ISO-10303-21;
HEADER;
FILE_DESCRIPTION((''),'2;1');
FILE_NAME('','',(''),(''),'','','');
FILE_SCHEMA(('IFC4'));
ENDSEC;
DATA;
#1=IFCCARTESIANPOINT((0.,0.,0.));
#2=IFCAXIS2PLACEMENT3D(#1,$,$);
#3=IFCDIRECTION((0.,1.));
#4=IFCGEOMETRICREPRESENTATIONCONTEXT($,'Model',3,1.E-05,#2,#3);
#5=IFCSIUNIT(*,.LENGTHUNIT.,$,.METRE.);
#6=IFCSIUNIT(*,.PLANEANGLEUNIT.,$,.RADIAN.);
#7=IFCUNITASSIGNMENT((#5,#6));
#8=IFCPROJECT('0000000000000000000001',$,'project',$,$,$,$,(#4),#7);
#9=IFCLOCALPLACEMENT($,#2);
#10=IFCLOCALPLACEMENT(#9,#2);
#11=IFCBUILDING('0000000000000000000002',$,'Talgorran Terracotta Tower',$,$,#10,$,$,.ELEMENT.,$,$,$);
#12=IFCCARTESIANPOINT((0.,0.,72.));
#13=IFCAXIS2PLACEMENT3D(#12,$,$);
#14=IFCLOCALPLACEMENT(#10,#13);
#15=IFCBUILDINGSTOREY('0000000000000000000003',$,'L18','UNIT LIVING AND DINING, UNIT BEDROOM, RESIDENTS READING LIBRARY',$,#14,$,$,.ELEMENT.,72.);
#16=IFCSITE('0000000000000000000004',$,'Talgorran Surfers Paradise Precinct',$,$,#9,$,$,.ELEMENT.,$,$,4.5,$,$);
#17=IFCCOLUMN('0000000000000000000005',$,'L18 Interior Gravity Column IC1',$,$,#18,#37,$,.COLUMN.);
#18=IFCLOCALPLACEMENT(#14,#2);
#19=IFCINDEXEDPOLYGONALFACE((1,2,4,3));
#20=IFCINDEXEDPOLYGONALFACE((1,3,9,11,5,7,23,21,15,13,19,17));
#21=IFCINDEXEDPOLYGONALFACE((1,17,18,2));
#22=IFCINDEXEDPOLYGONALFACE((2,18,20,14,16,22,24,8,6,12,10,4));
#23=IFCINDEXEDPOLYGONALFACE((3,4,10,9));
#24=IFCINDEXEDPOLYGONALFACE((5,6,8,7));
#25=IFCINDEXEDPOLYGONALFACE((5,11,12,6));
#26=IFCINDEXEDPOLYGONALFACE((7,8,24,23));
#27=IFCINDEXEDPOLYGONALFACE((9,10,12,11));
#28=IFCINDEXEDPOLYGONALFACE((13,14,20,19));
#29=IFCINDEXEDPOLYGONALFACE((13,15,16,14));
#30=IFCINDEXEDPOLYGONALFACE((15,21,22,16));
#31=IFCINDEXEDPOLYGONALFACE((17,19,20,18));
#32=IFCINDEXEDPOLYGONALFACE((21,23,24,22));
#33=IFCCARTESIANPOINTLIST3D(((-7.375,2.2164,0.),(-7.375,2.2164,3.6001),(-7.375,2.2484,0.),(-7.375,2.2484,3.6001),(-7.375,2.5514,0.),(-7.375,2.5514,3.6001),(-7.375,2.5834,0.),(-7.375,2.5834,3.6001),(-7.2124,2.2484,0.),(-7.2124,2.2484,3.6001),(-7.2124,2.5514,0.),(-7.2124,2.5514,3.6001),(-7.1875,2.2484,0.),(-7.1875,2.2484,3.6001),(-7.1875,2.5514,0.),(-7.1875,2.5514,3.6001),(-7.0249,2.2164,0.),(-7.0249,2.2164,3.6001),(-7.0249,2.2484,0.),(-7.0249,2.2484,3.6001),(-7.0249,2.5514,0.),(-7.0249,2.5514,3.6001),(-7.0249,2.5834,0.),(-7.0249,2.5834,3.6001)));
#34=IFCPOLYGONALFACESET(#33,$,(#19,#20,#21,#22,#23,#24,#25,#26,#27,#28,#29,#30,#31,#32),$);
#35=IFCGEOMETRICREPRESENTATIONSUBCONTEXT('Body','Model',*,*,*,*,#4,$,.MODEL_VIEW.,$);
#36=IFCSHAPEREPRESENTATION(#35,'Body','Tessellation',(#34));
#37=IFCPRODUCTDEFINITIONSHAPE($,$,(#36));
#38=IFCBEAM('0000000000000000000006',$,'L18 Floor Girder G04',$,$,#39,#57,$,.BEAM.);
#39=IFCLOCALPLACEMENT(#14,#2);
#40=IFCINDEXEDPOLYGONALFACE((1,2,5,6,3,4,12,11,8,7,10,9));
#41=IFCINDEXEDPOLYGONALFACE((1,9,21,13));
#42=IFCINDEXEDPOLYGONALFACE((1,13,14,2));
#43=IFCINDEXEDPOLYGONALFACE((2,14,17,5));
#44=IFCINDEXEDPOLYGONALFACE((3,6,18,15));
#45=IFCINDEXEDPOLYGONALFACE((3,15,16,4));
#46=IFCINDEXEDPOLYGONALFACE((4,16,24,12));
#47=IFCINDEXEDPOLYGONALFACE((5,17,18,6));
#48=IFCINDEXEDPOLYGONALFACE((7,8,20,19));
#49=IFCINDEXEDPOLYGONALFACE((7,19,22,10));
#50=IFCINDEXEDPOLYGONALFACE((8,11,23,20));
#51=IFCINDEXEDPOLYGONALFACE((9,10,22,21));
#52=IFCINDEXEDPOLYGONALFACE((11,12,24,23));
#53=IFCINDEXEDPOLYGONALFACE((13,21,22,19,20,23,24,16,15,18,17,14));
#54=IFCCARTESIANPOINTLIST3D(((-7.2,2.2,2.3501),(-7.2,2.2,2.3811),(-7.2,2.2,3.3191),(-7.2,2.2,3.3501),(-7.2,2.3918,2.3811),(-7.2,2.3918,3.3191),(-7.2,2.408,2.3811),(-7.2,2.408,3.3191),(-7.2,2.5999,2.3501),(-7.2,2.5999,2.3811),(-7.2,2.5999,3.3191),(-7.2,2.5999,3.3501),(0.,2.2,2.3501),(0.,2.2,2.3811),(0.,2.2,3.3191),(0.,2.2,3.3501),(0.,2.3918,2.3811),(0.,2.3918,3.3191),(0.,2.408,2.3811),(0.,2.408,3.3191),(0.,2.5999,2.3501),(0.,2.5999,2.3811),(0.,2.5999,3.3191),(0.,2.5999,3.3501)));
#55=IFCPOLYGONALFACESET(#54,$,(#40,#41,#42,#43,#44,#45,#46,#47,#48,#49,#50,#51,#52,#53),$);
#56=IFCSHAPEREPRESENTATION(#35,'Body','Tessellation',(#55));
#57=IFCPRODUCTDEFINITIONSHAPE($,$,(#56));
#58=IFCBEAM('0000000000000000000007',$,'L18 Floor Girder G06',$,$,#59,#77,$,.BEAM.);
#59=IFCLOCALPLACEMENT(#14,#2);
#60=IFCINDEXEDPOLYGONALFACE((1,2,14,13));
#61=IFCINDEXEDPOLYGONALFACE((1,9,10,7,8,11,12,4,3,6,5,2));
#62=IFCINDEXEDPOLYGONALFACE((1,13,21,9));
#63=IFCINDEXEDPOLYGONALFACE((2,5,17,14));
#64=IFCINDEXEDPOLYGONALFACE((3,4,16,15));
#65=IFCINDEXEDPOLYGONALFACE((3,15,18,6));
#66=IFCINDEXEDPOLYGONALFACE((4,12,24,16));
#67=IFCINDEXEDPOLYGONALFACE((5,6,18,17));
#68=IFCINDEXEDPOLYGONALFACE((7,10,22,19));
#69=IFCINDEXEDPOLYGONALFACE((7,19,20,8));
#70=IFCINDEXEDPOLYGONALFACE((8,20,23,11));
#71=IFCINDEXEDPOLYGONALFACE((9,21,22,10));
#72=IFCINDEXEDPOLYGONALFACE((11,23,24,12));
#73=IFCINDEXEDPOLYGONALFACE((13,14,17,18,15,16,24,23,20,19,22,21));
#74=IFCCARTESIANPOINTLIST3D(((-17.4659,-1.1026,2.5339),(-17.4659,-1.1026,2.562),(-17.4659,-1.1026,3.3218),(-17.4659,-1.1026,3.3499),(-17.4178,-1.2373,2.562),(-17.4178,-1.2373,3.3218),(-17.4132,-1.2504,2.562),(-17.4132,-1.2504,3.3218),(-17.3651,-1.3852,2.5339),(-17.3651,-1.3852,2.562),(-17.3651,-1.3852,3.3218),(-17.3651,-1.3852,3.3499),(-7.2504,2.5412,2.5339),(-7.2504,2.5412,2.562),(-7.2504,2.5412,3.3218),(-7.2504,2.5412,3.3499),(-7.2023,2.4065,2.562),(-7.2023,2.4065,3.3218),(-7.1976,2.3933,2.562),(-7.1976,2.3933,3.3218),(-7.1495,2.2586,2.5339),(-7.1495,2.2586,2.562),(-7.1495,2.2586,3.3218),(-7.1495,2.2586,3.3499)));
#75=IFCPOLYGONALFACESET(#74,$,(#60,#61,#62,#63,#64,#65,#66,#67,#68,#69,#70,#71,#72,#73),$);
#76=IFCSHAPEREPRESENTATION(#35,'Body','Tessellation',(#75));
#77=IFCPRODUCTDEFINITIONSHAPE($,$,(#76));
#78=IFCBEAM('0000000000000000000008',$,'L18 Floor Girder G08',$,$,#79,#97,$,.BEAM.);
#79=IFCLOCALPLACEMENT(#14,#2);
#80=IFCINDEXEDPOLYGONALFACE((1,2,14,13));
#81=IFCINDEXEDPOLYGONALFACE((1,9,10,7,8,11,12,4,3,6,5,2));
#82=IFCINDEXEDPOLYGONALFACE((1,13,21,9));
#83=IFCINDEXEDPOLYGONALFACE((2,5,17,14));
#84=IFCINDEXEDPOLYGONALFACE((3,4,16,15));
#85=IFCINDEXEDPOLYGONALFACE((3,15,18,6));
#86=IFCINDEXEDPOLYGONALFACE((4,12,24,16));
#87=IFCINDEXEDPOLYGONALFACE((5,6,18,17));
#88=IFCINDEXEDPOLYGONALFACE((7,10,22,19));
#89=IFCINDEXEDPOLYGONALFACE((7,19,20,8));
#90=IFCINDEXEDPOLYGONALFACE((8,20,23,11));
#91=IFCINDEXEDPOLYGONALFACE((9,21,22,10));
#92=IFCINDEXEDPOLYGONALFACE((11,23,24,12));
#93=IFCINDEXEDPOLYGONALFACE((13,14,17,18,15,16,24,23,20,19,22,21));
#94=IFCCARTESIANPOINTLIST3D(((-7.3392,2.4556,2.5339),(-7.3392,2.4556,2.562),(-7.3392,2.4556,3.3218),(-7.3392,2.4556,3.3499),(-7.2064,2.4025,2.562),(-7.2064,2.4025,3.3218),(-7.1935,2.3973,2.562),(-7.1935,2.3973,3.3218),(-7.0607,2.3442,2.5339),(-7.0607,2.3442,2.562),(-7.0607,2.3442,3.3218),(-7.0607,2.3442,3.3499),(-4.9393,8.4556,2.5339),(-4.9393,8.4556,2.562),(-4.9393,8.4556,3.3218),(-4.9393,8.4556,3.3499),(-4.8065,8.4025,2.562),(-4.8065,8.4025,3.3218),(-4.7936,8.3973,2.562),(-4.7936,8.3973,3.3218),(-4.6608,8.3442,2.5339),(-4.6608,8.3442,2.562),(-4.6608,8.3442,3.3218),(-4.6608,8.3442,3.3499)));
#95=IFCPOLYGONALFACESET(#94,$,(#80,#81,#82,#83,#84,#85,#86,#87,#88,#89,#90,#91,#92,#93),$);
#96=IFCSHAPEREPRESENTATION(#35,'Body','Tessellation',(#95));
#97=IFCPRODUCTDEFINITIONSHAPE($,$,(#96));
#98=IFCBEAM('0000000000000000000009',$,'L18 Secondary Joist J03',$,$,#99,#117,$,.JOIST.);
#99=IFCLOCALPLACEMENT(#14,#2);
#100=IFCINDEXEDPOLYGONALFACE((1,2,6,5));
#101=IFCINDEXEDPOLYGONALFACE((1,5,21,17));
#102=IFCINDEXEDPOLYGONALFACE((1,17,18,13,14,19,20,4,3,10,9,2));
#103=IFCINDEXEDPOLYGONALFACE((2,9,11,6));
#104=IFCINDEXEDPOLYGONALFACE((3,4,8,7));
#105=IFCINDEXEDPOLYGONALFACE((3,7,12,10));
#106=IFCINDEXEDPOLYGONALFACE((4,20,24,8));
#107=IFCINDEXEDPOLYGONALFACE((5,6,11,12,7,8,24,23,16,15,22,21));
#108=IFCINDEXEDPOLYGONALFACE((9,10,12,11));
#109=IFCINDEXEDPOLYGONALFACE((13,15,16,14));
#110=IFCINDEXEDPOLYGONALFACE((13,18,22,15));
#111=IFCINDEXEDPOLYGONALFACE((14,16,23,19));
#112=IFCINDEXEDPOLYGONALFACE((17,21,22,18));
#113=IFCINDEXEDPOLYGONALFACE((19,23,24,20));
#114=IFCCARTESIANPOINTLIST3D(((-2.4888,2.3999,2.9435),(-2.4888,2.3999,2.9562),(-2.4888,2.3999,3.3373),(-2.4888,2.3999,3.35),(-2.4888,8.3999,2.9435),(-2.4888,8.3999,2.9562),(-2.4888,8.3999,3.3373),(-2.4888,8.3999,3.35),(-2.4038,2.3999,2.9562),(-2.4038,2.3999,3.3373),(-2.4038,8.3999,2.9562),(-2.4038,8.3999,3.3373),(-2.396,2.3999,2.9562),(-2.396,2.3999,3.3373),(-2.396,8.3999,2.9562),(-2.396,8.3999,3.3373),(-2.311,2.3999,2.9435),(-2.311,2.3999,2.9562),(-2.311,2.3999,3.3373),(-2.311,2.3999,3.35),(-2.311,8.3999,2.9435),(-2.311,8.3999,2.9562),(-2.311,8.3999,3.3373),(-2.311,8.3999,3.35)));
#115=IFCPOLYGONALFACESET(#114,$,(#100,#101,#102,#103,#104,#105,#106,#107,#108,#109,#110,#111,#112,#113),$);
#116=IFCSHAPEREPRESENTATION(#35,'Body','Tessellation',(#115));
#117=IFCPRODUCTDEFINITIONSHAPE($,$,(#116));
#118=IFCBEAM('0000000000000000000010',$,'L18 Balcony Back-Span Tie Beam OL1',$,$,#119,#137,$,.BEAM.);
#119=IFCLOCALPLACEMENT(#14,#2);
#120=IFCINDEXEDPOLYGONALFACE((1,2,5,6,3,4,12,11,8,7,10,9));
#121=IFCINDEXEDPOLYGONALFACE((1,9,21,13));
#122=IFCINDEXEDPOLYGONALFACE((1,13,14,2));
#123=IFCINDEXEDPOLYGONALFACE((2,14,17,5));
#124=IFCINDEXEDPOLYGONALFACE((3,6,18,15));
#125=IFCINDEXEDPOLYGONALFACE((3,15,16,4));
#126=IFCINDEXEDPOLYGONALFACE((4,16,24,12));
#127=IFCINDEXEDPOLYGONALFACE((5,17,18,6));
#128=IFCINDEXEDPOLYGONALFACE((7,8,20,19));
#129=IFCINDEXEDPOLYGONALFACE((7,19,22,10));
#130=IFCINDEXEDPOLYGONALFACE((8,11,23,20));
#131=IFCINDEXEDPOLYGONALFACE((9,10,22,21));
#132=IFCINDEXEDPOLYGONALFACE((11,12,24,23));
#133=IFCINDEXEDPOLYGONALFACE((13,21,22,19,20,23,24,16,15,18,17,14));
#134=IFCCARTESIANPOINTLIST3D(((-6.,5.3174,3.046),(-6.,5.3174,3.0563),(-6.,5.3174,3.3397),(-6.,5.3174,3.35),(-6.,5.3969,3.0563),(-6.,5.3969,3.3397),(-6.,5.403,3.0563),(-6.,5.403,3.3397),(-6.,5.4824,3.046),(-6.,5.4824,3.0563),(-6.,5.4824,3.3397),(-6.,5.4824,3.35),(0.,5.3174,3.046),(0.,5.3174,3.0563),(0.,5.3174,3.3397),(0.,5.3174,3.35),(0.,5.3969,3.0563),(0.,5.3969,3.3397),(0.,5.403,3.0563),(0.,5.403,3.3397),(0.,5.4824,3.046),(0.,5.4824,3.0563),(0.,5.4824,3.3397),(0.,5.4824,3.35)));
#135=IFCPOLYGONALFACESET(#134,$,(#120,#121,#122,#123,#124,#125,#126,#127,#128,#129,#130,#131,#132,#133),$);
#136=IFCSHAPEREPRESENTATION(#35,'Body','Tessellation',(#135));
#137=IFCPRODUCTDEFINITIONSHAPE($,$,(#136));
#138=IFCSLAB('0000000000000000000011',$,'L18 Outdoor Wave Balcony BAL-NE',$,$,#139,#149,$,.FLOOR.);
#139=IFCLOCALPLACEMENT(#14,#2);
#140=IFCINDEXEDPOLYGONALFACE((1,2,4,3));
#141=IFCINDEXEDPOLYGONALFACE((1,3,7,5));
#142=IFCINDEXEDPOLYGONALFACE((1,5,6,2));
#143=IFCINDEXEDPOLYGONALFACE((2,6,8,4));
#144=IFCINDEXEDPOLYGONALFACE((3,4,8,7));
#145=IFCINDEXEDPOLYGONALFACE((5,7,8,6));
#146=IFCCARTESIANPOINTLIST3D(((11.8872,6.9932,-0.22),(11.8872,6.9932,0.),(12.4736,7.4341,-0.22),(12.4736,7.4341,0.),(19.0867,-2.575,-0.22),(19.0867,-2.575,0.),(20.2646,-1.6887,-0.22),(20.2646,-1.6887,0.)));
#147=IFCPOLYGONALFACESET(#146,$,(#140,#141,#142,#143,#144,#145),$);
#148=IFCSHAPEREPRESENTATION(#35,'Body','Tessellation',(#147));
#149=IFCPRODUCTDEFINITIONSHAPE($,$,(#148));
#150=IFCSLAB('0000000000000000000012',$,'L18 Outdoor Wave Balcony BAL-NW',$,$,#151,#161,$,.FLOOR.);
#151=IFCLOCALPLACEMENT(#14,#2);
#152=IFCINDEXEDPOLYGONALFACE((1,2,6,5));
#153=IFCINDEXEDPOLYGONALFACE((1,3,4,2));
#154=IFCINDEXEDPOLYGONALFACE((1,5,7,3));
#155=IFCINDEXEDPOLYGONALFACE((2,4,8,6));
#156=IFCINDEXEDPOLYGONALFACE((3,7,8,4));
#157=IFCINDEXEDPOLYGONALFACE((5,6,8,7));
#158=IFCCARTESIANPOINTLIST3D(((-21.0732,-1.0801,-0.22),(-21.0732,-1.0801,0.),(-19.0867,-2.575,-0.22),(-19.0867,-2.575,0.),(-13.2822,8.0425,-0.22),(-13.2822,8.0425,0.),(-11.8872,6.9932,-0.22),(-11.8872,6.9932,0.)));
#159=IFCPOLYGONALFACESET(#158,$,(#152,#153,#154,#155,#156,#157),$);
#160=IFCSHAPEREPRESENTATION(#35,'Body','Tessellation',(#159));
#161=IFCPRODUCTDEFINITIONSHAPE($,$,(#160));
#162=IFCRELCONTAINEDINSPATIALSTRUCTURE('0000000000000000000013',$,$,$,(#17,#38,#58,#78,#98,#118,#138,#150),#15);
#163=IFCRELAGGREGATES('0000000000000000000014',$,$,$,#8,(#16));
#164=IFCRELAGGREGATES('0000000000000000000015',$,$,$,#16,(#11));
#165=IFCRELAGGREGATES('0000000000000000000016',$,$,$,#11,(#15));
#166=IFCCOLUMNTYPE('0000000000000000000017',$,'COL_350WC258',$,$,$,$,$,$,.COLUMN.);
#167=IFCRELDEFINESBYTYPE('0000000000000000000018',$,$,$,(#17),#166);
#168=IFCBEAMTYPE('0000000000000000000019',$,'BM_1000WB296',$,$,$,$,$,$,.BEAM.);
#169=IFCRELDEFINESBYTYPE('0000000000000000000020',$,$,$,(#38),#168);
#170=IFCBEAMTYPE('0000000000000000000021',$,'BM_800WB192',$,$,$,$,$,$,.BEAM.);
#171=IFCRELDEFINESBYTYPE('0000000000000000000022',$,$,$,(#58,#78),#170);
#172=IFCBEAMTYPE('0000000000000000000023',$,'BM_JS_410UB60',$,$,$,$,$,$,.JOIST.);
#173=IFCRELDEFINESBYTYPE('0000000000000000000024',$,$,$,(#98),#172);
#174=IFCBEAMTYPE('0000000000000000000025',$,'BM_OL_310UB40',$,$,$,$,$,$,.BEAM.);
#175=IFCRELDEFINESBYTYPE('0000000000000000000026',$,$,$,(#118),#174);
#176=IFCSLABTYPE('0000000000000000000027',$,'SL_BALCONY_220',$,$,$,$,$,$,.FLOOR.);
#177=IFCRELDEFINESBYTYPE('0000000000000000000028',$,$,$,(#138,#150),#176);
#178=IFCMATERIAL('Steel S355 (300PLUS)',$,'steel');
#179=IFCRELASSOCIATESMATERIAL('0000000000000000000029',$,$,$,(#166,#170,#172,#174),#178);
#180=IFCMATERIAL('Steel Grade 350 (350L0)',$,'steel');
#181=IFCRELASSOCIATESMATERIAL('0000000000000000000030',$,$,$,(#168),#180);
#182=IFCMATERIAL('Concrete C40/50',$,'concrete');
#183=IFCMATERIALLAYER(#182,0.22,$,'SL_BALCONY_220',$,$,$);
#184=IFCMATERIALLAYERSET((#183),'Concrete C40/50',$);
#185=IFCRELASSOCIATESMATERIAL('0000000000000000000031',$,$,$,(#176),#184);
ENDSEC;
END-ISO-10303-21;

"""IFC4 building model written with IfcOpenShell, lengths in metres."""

from ifc_helpers import new_model, si_unit, direction, frame, origin, origin_2d, place, context, subcontext, project, spatial, polyline, i_section, outline, extrude, material, layer, layer_set, material_profile, profile_set, type_object, element, save


model = new_model("IFC4")

# Units and contexts
model_context = context("Model", 3, precision=1e-05, world=origin(), true_north=direction((0.0, 1.0)))
body_context = subcontext(model_context, "Body", "Model", "MODEL_VIEW")
ifc_project = project(units=[si_unit("LENGTHUNIT", "METRE"), si_unit("PLANEANGLEUNIT", "RADIAN")], contexts=[model_context])

# Site, building, storey
site_placement = place(None, origin())
site = spatial("IfcSite", under=ifc_project, at=site_placement, Name="Talgorran Surfers Paradise Precinct", CompositionType="ELEMENT", RefElevation=4.5)
building_placement = place(site_placement, origin())
building = spatial("IfcBuilding", under=site, at=building_placement, Name="Talgorran Terracotta Tower", CompositionType="ELEMENT")
storey_placement = place(building_placement, frame((0.0, 0.0, 72.0)))
storey = spatial("IfcBuildingStorey", under=building, at=storey_placement, Name="L18", Description="UNIT LIVING AND DINING, UNIT BEDROOM, RESIDENTS READING LIBRARY", CompositionType="ELEMENT", Elevation=72.0)

# Column
ifc_material_1 = material(Name="Steel S355 (300PLUS)", Category="steel")
ifc_material_profile_1 = material_profile(ifc_material_1, i_section(OverallWidth=0.3501, OverallDepth=0.3669, WebThickness=0.0249, FlangeThickness=0.032, at=origin_2d()), Name="350WC258")
ifc_profile_set_1 = profile_set([ifc_material_profile_1], Name="Steel S355 (300PLUS)")
column_type = type_object("IfcColumnType", Name="COL_350WC258", PredefinedType="COLUMN", material=ifc_profile_set_1)
column_placement = place(storey_placement, frame((-7.2, 2.3999, 0.0), z_axis=(0.0, 0.0, 1.0), x_axis=(1.0, 0.0, 0.0)))
element("IfcColumn", 1, at=column_placement, inside=storey, type_object=column_type, Name="L18 Interior Gravity Column IC1", PredefinedType="COLUMN", context=body_context, shape_type="SweptSolid", body=[
    extrude(i_section(OverallWidth=0.3501, OverallDepth=0.3669, WebThickness=0.0249, FlangeThickness=0.032, at=origin_2d()), origin(), (0.0, 0.0, 1.0), 3.6001),
])

# Beams
ifc_material_2 = material(Name="Steel Grade 350 (350L0)", Category="steel")
ifc_material_profile_2 = material_profile(ifc_material_2, i_section(OverallWidth=0.3999, OverallDepth=1.0, WebThickness=0.0161, FlangeThickness=0.031, at=origin_2d()), Name="1000WB296")
ifc_profile_set_2 = profile_set([ifc_material_profile_2], Name="Steel Grade 350 (350L0)")
beam_type_1 = type_object("IfcBeamType", Name="BM_1000WB296", PredefinedType="BEAM", material=ifc_profile_set_2)
beam_1_placement = place(storey_placement, frame((-7.2, 2.3999, 2.8501), z_axis=(1.0, 0.0, 0.0), x_axis=(0.0, 1.0, 0.0)))
element("IfcBeam", 2, at=beam_1_placement, inside=storey, type_object=beam_type_1, Name="L18 Floor Girder G04", PredefinedType="BEAM", context=body_context, shape_type="SweptSolid", body=[
    extrude(i_section(OverallWidth=0.3999, OverallDepth=1.0, WebThickness=0.0161, FlangeThickness=0.031, at=origin_2d()), origin(), (0.0, 0.0, 1.0), 7.2),
])
ifc_material_profile_3 = material_profile(ifc_material_1, i_section(OverallWidth=0.3, OverallDepth=0.8159, WebThickness=0.0139, FlangeThickness=0.0281, at=origin_2d()), Name="800WB192")
ifc_profile_set_3 = profile_set([ifc_material_profile_3], Name="Steel S355 (300PLUS)")
beam_type_2 = type_object("IfcBeamType", Name="BM_800WB192", PredefinedType="BEAM", material=ifc_profile_set_3)
beam_2_placement = place(storey_placement, frame((-7.2, 2.3999, 2.9419), z_axis=(-0.941877, -0.335958, 0.0), x_axis=(0.335958, -0.941877, 0.0)))
element("IfcBeam", 3, at=beam_2_placement, inside=storey, type_object=beam_type_2, Name="L18 Floor Girder G06", PredefinedType="BEAM", context=body_context, shape_type="SweptSolid", body=[
    extrude(i_section(OverallWidth=0.3, OverallDepth=0.8159, WebThickness=0.0139, FlangeThickness=0.0281, at=origin_2d()), origin(), (0.0, 0.0, 1.0), 10.8459),
])
beam_3_placement = place(storey_placement, frame((-7.2, 2.3999, 2.9419), z_axis=(0.371378, 0.928482, 0.0), x_axis=(-0.928482, 0.371378, 0.0)))
element("IfcBeam", 4, at=beam_3_placement, inside=storey, type_object=beam_type_2, Name="L18 Floor Girder G08", PredefinedType="BEAM", context=body_context, shape_type="SweptSolid", body=[
    extrude(i_section(OverallWidth=0.3, OverallDepth=0.8159, WebThickness=0.0139, FlangeThickness=0.0281, at=origin_2d()), origin(), (0.0, 0.0, 1.0), 6.4622),
])
ifc_material_profile_4 = material_profile(ifc_material_1, i_section(OverallWidth=0.1777, OverallDepth=0.4065, WebThickness=0.0078, FlangeThickness=0.0127, at=origin_2d()), Name="410UB59.7")
ifc_profile_set_4 = profile_set([ifc_material_profile_4], Name="Steel S355 (300PLUS)")
beam_type_3 = type_object("IfcBeamType", Name="BM_JS_410UB60", PredefinedType="JOIST", material=ifc_profile_set_4)
beam_4_placement = place(storey_placement, frame((-2.3999, 2.3999, 3.1467), z_axis=(0.0, 1.0, 0.0), x_axis=(-1.0, 0.0, 0.0)))
element("IfcBeam", 5, at=beam_4_placement, inside=storey, type_object=beam_type_3, Name="L18 Secondary Joist J03", PredefinedType="JOIST", context=body_context, shape_type="SweptSolid", body=[
    extrude(i_section(OverallWidth=0.1777, OverallDepth=0.4065, WebThickness=0.0078, FlangeThickness=0.0127, at=origin_2d()), origin(), (0.0, 0.0, 1.0), 6.0),
])
ifc_material_profile_5 = material_profile(ifc_material_1, i_section(OverallWidth=0.165, OverallDepth=0.304, WebThickness=0.0061, FlangeThickness=0.0103, at=origin_2d()), Name="310UB40.4")
ifc_profile_set_5 = profile_set([ifc_material_profile_5], Name="Steel S355 (300PLUS)")
beam_type_4 = type_object("IfcBeamType", Name="BM_OL_310UB40", PredefinedType="BEAM", material=ifc_profile_set_5)
beam_5_placement = place(storey_placement, frame((-6.0, 5.3999, 3.198), z_axis=(1.0, 0.0, 0.0), x_axis=(0.0, 1.0, 0.0)))
element("IfcBeam", 6, at=beam_5_placement, inside=storey, type_object=beam_type_4, Name="L18 Balcony Back-Span Tie Beam OL1", PredefinedType="BEAM", context=body_context, shape_type="SweptSolid", body=[
    extrude(i_section(OverallWidth=0.165, OverallDepth=0.304, WebThickness=0.0061, FlangeThickness=0.0103, at=origin_2d()), origin(), (0.0, 0.0, 1.0), 6.0),
])

# Slabs
ifc_material_3 = material(Name="Concrete C40/50", Category="concrete")
ifc_layer_1 = layer(ifc_material_3, 0.22, Name="SL_BALCONY_220")
ifc_layer_set_1 = layer_set([ifc_layer_1], Name="Concrete C40/50")
slab_type_1 = type_object("IfcSlabType", Name="SL_BALCONY_220", PredefinedType="FLOOR", material=ifc_layer_set_1)
slab_1_placement = place(storey_placement, frame((0.0, 0.0, -0.22)))
element("IfcSlab", 7, at=slab_1_placement, inside=storey, type_object=slab_type_1, Name="L18 Outdoor Wave Balcony BAL-NE", PredefinedType="FLOOR", context=body_context, shape_type="SweptSolid", body=[
    extrude(outline(polyline([(11.8872, 6.9932), (19.0867, -2.575), (20.2646, -1.6887), (12.4736, 7.4341), (11.8872, 6.9932)])), origin(), (0.0, 0.0, 1.0), 0.22),
])
slab_2_placement = place(storey_placement, frame((0.0, 0.0, -0.22)))
element("IfcSlab", 8, at=slab_2_placement, inside=storey, type_object=slab_type_1, Name="L18 Outdoor Wave Balcony BAL-NW", PredefinedType="FLOOR", context=body_context, shape_type="SweptSolid", body=[
    extrude(outline(polyline([(-19.0867, -2.575), (-11.8872, 6.9932), (-13.2822, 8.0425), (-21.0732, -1.0801), (-19.0867, -2.575)])), origin(), (0.0, 0.0, 1.0), 0.22),
])

save(model, "model.ifc")
